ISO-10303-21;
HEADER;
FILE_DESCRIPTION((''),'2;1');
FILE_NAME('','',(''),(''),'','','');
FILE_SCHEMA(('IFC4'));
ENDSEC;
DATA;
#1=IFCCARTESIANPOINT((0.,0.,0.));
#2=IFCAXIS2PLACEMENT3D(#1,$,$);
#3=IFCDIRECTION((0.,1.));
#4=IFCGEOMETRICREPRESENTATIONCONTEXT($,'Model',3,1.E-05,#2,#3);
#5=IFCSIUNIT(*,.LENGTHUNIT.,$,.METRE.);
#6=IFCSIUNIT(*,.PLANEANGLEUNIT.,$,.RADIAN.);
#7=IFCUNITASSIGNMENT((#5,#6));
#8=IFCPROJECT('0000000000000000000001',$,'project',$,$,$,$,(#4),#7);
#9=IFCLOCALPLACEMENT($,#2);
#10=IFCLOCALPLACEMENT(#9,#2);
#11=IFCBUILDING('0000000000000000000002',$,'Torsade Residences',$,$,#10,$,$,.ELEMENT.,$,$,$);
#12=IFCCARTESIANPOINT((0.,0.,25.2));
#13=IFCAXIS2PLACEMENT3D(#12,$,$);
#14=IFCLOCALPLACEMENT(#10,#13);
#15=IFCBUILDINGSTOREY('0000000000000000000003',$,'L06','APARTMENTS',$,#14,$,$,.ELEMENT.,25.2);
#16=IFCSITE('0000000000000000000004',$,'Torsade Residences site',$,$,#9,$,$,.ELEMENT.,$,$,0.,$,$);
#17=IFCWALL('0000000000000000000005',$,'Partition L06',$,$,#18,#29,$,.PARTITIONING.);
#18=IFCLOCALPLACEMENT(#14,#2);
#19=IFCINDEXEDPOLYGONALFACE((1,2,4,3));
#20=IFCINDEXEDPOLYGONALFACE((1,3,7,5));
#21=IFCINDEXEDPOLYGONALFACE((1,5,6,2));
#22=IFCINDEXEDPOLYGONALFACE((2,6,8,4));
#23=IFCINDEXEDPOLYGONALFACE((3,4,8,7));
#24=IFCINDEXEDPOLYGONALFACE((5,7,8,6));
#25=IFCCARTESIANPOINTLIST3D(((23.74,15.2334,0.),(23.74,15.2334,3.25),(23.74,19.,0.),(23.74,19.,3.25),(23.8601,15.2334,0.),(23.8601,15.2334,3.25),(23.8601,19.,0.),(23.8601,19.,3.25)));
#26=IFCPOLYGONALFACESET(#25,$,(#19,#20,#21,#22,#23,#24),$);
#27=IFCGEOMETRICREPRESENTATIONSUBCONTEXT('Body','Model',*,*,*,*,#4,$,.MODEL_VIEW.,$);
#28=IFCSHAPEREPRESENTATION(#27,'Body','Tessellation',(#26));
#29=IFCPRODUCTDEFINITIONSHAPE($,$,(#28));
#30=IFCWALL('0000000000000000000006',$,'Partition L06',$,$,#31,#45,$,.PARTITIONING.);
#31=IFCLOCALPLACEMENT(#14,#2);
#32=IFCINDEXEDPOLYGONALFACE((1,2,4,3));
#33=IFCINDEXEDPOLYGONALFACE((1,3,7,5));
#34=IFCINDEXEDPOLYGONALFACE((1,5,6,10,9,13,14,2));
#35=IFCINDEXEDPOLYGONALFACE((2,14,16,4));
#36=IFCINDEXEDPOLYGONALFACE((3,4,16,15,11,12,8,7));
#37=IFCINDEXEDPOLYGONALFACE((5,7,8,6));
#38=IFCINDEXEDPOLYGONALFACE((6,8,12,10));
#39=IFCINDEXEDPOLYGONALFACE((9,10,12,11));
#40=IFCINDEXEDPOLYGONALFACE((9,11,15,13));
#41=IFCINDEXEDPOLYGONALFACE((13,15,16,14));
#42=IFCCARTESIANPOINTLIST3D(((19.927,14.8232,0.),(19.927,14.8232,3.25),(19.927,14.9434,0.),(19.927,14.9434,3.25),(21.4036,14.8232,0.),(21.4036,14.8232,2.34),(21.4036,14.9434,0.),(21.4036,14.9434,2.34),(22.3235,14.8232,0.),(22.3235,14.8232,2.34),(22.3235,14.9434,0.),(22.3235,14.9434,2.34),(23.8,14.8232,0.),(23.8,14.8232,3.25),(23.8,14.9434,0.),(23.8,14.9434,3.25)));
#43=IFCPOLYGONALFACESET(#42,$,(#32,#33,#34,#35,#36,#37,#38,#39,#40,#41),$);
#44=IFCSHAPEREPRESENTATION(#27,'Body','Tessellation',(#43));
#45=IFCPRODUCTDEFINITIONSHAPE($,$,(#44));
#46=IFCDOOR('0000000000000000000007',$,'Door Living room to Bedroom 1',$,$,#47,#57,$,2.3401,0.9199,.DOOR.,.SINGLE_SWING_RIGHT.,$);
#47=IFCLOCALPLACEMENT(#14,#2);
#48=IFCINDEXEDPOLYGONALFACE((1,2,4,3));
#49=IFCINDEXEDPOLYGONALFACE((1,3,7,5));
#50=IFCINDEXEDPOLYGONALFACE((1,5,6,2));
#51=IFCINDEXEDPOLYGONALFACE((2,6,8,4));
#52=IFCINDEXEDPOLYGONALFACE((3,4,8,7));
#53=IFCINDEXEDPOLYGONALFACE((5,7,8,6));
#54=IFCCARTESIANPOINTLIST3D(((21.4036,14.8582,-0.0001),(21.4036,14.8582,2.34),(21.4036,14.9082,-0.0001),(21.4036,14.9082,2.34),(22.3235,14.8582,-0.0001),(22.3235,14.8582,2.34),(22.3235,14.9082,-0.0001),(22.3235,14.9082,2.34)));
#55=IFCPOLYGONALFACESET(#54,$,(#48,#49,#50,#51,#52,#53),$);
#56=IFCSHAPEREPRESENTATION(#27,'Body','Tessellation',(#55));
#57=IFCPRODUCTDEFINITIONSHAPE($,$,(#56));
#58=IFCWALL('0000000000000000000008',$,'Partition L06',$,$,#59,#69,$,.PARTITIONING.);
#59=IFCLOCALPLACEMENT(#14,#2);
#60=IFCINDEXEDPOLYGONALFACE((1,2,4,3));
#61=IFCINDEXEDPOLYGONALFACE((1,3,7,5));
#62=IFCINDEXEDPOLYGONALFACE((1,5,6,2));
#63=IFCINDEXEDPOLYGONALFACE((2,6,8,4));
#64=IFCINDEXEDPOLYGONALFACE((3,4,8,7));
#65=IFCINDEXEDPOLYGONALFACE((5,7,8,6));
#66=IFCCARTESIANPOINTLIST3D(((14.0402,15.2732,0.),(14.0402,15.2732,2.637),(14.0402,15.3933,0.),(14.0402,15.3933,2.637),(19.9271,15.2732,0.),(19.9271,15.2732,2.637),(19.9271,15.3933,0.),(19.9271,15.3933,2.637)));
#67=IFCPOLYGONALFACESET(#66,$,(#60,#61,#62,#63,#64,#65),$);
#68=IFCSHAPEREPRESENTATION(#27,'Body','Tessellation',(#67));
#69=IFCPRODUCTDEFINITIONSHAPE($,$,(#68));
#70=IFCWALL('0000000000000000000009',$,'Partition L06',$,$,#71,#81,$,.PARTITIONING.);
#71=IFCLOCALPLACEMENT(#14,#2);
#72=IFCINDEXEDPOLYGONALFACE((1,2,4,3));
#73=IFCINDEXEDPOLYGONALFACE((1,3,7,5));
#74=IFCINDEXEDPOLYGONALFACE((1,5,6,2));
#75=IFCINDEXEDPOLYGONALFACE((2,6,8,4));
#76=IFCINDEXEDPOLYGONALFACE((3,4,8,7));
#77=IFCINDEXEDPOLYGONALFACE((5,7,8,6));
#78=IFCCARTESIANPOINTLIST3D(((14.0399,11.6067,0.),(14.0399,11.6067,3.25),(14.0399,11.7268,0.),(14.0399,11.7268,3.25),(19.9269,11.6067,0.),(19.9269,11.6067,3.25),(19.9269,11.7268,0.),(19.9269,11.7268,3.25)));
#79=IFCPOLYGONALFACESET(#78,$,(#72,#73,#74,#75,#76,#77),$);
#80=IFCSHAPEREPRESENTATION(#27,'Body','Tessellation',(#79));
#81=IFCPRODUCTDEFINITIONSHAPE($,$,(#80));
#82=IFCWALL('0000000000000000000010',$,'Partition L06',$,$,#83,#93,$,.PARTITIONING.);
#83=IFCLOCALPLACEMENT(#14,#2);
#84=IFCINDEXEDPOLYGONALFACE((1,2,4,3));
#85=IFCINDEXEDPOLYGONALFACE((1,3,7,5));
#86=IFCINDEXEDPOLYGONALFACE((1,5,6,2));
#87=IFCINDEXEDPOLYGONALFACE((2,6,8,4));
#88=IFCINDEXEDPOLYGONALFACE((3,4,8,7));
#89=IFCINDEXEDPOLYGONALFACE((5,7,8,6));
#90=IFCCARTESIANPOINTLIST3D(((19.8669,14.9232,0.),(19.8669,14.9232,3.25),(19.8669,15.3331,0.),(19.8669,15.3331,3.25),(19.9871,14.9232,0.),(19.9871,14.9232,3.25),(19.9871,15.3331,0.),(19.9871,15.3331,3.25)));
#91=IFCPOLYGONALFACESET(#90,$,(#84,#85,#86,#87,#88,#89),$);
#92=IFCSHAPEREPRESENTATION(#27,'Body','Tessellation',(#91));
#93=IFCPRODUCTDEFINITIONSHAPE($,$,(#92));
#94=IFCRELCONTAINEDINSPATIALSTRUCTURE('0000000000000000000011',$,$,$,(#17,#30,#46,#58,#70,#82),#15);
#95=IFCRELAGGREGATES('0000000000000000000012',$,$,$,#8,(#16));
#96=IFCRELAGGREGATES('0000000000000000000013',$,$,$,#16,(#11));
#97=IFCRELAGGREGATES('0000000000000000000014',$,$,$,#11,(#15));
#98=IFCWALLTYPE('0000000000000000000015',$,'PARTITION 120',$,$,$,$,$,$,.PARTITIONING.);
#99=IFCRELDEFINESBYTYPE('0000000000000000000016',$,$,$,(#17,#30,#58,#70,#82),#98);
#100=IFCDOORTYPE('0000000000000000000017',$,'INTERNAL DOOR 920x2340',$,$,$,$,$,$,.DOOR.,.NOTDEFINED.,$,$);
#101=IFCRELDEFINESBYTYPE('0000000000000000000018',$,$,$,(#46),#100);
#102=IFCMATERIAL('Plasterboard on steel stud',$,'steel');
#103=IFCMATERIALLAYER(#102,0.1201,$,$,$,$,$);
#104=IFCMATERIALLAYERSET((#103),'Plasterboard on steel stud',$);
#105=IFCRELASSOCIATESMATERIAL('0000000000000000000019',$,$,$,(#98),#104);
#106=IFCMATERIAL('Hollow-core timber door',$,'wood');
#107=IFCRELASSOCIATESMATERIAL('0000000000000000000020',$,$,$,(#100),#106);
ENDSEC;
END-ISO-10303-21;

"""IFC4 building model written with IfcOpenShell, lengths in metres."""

from ifc_helpers import new_model, si_unit, direction, frame, frame_2d, origin, place, context, subcontext, project, spatial, rectangle, extrude, material, layer, layer_set, type_object, element, fill, save


model = new_model("IFC4")

# Units and contexts
model_context = context("Model", 3, precision=1e-05, world=origin(), true_north=direction((0.0, 1.0)))
body_context = subcontext(model_context, "Body", "Model", "MODEL_VIEW")
ifc_project = project(units=[si_unit("LENGTHUNIT", "METRE"), si_unit("PLANEANGLEUNIT", "RADIAN")], contexts=[model_context])

# Site, building, storey
site_placement = place(None, origin())
site = spatial("IfcSite", under=ifc_project, at=site_placement, Name="Torsade Residences site", CompositionType="ELEMENT", RefElevation=0.0)
building_placement = place(site_placement, origin())
building = spatial("IfcBuilding", under=site, at=building_placement, Name="Torsade Residences", CompositionType="ELEMENT")
storey_placement = place(building_placement, frame((0.0, 0.0, 25.2)))
storey = spatial("IfcBuildingStorey", under=building, at=storey_placement, Name="L06", Description="APARTMENTS", CompositionType="ELEMENT", Elevation=25.2)

# Wall
ifc_material_1 = material(Name="Plasterboard on steel stud", Category="steel")
ifc_layer_1 = layer(ifc_material_1, 0.1201)
ifc_layer_set_1 = layer_set([ifc_layer_1], Name="Plasterboard on steel stud")
wall_type = type_object("IfcWallType", Name="PARTITION 120", PredefinedType="PARTITIONING", material=ifc_layer_set_1)
wall_1_placement = place(storey_placement, frame((23.8, 15.2334, 0.0), z_axis=(0.0, 0.0, 1.0), x_axis=(0.0, 1.0, 0.0)))
element("IfcWall", 1, at=wall_1_placement, inside=storey, type_object=wall_type, Name="Partition L06", PredefinedType="PARTITIONING", context=body_context, shape_type="SweptSolid", body=[
    extrude(rectangle(XDim=3.7666, YDim=0.1201, at=frame_2d((1.8833, 0.0))), origin(), (0.0, 0.0, 1.0), 3.25),
])

# Wall, opening, door
wall_2_placement = place(storey_placement, frame((19.927, 14.8833, 0.0), z_axis=(0.0, 0.0, 1.0), x_axis=(1.0, 0.0, 0.0)))
wall_2 = element("IfcWall", 2, at=wall_2_placement, inside=storey, type_object=wall_type, Name="Partition L06", PredefinedType="PARTITIONING", context=body_context, shape_type="SweptSolid", body=[
    extrude(rectangle(XDim=3.873, YDim=0.1201, at=frame_2d((1.9365, 0.0))), origin(), (0.0, 0.0, 1.0), 3.25),
])
opening_placement = place(wall_2_placement, frame((1.4766, 0.0, 0.0)))
opening = element("IfcOpeningElement", 3, at=opening_placement, cuts=wall_2, PredefinedType="OPENING", context=body_context, shape_type="SweptSolid", body=[
    extrude(rectangle(XDim=0.9199, YDim=2.3401, at=frame_2d((0.46, 1.1699))), frame((0.0, 0.0701, 0.0), z_axis=(0.0, -1.0, 0.0), x_axis=(1.0, 0.0, 0.0)), (0.0, 0.0, 1.0), 0.1401),
])
ifc_material_2 = material(Name="Hollow-core timber door", Category="wood")
door_type = type_object("IfcDoorType", Name="INTERNAL DOOR 920x2340", OperationType="NOTDEFINED", PredefinedType="DOOR", material=ifc_material_2)
door_placement = place(opening_placement, origin())
door = element("IfcDoor", 4, at=door_placement, inside=storey, type_object=door_type, Name="Door Living room to Bedroom 1", OperationType="SINGLE_SWING_RIGHT", OverallHeight=2.3401, OverallWidth=0.9199, PredefinedType="DOOR", context=body_context, shape_type="SweptSolid", body=[
    extrude(rectangle(XDim=0.9199, YDim=2.3401, at=frame_2d((0.46, 1.1699))), frame((0.0, 0.0249, 0.0), z_axis=(0.0, -1.0, 0.0), x_axis=(1.0, 0.0, 0.0)), (0.0, 0.0, 1.0), 0.05),
])
fill(opening, door)

# Walls
wall_3_placement = place(storey_placement, frame((19.927, 15.3333, 0.0), z_axis=(0.0, 0.0, 1.0), x_axis=(-1.0, 0.0, 0.0)))
element("IfcWall", 5, at=wall_3_placement, inside=storey, type_object=wall_type, Name="Partition L06", PredefinedType="PARTITIONING", context=body_context, shape_type="SweptSolid", body=[
    extrude(rectangle(XDim=5.887, YDim=0.1201, at=frame_2d((2.9434, 0.0))), origin(), (0.0, 0.0, 1.0), 2.637),
])
wall_4_placement = place(storey_placement, frame((14.04, 11.6667, 0.0), z_axis=(0.0, 0.0, 1.0), x_axis=(1.0, 0.0, 0.0)))
element("IfcWall", 6, at=wall_4_placement, inside=storey, type_object=wall_type, Name="Partition L06", PredefinedType="PARTITIONING", context=body_context, shape_type="SweptSolid", body=[
    extrude(rectangle(XDim=5.887, YDim=0.1201, at=frame_2d((2.9434, 0.0))), origin(), (0.0, 0.0, 1.0), 3.25),
])
wall_5_placement = place(storey_placement, frame((19.927, 15.3333, 0.0), z_axis=(0.0, 0.0, 1.0), x_axis=(0.0, -1.0, 0.0)))
element("IfcWall", 7, at=wall_5_placement, inside=storey, type_object=wall_type, Name="Partition L06", PredefinedType="PARTITIONING", context=body_context, shape_type="SweptSolid", body=[
    extrude(rectangle(XDim=0.4099, YDim=0.1201, at=frame_2d((0.2051, 0.0))), origin(), (0.0, 0.0, 1.0), 3.25),
])

save(model, "model.ifc")
